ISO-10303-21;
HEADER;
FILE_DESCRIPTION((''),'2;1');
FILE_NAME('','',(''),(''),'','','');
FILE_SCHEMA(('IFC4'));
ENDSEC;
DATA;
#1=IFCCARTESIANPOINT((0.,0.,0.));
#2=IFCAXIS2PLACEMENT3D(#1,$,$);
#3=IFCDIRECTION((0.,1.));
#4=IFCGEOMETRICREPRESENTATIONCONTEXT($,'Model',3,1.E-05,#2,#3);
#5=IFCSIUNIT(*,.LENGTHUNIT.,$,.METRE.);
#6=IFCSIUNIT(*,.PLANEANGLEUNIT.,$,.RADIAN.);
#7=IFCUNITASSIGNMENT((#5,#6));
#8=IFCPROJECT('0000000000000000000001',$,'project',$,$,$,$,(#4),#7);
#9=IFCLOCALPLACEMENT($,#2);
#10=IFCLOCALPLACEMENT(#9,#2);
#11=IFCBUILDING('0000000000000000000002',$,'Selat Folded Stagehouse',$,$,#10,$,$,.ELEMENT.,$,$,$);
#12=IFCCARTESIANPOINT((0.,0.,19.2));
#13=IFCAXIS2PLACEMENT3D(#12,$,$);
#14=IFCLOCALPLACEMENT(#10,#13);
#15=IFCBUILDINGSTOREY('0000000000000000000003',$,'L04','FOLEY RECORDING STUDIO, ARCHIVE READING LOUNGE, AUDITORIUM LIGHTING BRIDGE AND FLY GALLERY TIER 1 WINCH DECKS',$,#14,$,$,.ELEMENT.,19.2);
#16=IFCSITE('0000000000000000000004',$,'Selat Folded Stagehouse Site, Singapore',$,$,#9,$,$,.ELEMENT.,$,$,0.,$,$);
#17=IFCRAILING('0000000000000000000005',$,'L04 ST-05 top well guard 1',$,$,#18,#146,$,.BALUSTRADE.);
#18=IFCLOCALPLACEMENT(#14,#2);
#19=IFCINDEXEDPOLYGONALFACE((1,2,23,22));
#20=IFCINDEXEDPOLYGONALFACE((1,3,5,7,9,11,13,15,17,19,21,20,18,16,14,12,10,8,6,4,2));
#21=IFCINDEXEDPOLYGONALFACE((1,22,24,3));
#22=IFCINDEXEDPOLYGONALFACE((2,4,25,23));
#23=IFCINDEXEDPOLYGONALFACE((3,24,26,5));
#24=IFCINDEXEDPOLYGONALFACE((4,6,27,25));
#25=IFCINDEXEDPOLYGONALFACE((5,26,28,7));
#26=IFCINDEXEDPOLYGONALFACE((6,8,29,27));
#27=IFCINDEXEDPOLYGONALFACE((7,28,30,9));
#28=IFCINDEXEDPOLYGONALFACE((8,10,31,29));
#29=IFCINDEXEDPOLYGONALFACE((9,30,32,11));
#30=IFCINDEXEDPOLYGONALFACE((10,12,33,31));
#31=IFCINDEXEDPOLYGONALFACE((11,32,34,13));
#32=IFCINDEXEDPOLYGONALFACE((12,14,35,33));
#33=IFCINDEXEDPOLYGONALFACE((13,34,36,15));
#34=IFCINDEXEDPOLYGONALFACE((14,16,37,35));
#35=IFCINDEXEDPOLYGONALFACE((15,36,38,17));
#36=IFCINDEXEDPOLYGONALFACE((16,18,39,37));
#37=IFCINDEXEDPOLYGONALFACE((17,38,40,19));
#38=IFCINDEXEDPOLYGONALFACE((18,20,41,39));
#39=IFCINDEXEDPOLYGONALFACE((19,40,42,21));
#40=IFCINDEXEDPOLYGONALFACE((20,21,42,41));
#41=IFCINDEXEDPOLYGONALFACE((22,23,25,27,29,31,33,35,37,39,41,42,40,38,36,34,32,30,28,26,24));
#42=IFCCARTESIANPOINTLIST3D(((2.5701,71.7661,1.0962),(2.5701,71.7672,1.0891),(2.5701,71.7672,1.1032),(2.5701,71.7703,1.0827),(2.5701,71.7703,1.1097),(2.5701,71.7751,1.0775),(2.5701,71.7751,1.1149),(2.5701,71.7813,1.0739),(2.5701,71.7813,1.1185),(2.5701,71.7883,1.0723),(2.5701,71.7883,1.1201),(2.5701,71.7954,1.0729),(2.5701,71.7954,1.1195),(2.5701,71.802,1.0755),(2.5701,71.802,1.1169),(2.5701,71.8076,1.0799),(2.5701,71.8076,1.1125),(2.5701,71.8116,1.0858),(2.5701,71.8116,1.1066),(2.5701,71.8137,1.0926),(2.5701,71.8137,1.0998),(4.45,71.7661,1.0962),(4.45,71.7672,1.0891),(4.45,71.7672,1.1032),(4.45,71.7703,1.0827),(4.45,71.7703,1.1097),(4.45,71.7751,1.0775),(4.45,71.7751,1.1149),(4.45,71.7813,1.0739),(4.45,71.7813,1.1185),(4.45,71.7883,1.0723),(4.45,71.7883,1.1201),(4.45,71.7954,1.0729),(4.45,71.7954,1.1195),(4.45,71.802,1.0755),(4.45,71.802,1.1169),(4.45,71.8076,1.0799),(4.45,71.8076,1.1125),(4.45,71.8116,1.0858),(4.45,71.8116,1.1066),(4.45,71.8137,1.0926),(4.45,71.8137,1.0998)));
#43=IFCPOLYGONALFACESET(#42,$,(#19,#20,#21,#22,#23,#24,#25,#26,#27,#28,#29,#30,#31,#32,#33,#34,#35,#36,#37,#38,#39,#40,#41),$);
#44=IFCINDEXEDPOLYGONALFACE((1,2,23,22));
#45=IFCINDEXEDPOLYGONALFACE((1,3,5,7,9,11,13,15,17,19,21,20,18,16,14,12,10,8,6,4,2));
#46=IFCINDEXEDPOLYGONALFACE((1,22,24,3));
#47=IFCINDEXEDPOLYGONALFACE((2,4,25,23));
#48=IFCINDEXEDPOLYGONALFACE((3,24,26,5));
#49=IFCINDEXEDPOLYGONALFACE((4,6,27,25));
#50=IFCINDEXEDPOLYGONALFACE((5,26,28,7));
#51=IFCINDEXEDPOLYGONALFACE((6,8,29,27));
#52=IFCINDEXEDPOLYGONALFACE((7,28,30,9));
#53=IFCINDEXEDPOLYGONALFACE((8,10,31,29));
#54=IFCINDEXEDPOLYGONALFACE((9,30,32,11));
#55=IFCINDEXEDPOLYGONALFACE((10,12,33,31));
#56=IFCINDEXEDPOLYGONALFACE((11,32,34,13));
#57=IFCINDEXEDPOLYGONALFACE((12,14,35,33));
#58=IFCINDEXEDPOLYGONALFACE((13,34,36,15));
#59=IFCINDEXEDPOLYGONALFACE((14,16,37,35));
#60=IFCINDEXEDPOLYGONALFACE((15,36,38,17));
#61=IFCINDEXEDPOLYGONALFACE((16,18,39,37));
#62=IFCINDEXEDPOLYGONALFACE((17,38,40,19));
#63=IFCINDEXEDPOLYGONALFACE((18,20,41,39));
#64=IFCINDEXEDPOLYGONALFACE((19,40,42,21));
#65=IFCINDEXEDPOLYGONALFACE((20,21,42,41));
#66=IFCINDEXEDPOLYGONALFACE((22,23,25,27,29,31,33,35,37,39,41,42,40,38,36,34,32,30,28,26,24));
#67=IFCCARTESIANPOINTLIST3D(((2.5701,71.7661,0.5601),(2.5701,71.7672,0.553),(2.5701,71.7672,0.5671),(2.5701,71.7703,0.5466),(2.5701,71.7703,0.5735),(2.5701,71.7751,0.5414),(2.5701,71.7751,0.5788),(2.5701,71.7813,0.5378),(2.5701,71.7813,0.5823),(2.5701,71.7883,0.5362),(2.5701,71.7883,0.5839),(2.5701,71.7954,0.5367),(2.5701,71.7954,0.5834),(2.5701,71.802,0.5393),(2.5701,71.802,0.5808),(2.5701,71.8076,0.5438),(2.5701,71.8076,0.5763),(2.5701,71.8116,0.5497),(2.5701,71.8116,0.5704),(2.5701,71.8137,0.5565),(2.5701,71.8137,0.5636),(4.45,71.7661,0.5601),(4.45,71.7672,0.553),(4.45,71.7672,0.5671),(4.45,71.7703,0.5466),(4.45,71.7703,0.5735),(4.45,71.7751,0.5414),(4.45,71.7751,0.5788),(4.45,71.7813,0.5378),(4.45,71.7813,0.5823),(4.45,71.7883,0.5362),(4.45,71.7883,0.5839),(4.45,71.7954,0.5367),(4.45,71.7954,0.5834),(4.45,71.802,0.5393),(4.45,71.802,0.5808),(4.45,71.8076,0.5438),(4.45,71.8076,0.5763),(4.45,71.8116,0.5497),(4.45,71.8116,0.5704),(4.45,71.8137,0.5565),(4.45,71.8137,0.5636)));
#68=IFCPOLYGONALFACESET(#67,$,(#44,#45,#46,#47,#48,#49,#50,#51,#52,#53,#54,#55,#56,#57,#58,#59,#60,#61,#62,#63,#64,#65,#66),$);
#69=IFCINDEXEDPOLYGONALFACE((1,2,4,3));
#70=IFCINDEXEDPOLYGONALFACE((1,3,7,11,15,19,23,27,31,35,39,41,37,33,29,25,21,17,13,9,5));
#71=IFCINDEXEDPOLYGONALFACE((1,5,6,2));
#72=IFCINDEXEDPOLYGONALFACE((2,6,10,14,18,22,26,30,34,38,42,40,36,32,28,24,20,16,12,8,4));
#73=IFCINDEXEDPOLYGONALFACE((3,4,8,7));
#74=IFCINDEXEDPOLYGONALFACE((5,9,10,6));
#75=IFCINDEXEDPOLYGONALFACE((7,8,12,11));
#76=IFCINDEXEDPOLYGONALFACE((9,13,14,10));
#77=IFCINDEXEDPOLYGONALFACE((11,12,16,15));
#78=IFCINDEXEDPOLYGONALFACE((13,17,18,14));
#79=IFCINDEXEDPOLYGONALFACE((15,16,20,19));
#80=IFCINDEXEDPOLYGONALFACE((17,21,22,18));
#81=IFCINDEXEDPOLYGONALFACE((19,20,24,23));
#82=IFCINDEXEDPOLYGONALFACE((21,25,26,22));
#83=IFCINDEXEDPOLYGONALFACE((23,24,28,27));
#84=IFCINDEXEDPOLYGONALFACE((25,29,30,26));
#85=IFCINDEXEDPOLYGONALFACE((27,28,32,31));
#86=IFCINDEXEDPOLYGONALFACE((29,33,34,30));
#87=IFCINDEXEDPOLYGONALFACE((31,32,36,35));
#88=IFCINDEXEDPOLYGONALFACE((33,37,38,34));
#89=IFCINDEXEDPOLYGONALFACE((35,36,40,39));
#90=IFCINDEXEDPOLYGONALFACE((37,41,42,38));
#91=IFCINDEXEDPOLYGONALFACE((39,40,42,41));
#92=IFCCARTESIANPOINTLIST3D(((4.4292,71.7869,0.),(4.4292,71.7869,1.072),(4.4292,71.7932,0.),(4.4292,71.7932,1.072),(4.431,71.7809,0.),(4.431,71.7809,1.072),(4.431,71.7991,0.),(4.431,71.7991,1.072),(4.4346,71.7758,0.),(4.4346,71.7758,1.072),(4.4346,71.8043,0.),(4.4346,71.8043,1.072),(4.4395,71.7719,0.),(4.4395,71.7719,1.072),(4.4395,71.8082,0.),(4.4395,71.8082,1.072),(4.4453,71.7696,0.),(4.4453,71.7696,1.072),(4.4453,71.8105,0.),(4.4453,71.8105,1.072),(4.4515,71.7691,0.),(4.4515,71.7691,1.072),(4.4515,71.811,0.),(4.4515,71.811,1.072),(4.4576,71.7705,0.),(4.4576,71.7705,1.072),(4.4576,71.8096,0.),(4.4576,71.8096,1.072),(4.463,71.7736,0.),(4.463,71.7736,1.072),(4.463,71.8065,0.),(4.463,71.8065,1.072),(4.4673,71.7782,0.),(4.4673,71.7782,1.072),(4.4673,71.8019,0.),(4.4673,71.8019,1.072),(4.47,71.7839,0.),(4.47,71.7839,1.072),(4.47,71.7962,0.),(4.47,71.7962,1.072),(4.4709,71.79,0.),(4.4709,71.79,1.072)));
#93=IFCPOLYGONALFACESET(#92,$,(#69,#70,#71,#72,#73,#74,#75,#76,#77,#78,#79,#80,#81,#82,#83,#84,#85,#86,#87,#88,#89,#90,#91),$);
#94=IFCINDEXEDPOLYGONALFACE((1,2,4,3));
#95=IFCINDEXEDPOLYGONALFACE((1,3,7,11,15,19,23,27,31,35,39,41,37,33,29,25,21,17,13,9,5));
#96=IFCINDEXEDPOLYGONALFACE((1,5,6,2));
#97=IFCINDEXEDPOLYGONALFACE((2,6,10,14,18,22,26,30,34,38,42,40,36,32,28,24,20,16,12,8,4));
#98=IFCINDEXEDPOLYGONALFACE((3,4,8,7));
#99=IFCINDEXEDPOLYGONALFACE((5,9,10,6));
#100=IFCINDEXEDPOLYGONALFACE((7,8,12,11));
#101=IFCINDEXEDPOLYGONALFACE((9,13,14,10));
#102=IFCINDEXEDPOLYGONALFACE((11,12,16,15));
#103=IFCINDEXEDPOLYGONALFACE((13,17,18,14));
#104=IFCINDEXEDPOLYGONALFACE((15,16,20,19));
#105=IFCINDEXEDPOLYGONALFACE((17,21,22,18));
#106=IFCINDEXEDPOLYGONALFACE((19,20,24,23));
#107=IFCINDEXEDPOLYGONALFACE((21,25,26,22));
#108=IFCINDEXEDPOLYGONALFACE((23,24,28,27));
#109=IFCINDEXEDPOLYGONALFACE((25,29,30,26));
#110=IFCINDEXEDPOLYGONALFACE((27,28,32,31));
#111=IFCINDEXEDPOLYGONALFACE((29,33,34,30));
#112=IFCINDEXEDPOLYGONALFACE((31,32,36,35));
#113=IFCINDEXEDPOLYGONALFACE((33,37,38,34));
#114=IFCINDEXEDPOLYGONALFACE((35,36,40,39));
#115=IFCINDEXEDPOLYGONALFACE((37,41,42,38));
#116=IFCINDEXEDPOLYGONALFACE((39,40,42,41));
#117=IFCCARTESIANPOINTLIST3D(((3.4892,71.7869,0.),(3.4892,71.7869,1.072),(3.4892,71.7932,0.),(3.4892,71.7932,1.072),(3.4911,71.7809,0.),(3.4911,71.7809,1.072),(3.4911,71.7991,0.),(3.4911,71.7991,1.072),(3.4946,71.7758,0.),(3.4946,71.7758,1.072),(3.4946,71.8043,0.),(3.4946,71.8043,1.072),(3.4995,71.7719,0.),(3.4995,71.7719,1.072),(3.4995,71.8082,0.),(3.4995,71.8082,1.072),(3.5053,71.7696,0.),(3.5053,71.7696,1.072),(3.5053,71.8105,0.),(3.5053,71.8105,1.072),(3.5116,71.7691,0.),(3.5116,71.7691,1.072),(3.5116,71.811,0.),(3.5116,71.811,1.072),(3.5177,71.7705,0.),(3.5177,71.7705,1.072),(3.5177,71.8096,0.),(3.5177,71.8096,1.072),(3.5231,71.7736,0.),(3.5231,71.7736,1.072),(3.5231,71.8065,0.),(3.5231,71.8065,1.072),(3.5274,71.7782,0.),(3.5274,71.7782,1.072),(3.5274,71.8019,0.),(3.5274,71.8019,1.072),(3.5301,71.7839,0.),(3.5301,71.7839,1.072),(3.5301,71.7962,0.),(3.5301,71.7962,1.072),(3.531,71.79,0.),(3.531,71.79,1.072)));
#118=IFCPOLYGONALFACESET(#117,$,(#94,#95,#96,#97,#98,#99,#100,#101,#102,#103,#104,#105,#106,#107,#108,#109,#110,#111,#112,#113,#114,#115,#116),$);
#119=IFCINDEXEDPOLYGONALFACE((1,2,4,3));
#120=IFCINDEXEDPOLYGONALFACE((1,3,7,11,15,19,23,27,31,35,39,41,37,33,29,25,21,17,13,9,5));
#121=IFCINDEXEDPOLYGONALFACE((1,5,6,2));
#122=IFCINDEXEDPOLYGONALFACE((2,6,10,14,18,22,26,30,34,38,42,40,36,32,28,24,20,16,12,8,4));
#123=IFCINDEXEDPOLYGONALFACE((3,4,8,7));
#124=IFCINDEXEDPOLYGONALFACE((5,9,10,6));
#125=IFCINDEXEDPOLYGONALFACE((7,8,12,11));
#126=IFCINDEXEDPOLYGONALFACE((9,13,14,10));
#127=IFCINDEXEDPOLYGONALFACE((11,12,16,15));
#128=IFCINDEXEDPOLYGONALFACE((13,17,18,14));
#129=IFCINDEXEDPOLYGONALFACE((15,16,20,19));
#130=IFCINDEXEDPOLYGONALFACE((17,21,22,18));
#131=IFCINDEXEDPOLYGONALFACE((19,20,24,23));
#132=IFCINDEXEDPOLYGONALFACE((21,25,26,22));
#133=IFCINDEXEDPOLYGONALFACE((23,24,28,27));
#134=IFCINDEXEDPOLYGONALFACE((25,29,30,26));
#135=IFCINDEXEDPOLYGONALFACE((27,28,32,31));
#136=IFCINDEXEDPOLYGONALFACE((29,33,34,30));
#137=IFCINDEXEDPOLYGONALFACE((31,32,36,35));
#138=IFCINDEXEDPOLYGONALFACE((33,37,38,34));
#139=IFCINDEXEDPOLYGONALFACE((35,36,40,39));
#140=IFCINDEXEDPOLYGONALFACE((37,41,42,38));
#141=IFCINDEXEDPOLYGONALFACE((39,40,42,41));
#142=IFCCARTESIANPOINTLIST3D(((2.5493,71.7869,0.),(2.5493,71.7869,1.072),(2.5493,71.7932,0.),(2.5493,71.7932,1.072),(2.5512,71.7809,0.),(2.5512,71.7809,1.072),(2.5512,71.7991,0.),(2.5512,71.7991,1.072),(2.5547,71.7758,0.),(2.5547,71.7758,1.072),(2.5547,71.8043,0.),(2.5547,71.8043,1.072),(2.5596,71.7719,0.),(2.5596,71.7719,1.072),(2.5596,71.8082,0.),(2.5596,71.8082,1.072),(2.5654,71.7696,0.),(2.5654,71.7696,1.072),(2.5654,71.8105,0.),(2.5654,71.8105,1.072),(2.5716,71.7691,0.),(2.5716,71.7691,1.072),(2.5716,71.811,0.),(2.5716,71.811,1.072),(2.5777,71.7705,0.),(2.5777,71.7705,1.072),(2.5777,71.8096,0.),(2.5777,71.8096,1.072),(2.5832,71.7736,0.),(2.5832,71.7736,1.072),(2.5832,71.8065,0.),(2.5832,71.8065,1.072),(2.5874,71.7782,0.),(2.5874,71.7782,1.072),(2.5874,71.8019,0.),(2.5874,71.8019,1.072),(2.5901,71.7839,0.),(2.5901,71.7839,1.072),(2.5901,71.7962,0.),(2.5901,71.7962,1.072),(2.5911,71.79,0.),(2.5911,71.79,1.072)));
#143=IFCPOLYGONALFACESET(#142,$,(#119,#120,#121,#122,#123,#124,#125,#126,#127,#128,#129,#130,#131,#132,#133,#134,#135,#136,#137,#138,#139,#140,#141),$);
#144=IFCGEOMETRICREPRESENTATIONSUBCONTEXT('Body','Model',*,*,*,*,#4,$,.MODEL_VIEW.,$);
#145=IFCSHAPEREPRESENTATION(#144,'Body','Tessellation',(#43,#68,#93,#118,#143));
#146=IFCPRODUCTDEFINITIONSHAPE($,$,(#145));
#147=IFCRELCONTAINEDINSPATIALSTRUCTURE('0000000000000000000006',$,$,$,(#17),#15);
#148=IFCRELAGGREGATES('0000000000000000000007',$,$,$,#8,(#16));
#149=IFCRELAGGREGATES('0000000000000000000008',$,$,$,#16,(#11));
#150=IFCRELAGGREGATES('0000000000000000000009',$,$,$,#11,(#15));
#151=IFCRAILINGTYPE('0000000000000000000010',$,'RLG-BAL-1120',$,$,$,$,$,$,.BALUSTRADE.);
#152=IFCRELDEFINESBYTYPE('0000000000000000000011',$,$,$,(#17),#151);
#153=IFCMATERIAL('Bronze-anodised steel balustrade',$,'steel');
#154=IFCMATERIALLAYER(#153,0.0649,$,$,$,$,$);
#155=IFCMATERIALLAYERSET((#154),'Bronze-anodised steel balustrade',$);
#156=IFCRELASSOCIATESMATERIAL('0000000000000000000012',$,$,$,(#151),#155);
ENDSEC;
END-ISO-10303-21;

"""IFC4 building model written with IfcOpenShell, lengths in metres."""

from ifc_helpers import new_model, si_unit, direction, frame, origin, origin_2d, place, context, subcontext, project, spatial, circle, extrude, material, layer, layer_set, type_object, element, save


model = new_model("IFC4")

# Units and contexts
model_context = context("Model", 3, precision=1e-05, world=origin(), true_north=direction((0.0, 1.0)))
body_context = subcontext(model_context, "Body", "Model", "MODEL_VIEW")
ifc_project = project(units=[si_unit("LENGTHUNIT", "METRE"), si_unit("PLANEANGLEUNIT", "RADIAN")], contexts=[model_context])

# Site, building, storey
site_placement = place(None, origin())
site = spatial("IfcSite", under=ifc_project, at=site_placement, Name="Selat Folded Stagehouse Site, Singapore", CompositionType="ELEMENT", RefElevation=0.0)
building_placement = place(site_placement, origin())
building = spatial("IfcBuilding", under=site, at=building_placement, Name="Selat Folded Stagehouse", CompositionType="ELEMENT")
storey_placement = place(building_placement, frame((0.0, 0.0, 19.2)))
storey = spatial("IfcBuildingStorey", under=building, at=storey_placement, Name="L04", Description="FOLEY RECORDING STUDIO, ARCHIVE READING LOUNGE, AUDITORIUM LIGHTING BRIDGE AND FLY GALLERY TIER 1 WINCH DECKS", CompositionType="ELEMENT", Elevation=19.2)

# Railing
ifc_material_1 = material(Name="Bronze-anodised steel balustrade", Category="steel")
ifc_layer_1 = layer(ifc_material_1, 0.0649)
ifc_layer_set_1 = layer_set([ifc_layer_1], Name="Bronze-anodised steel balustrade")
railing_type_1 = type_object("IfcRailingType", Name="RLG-BAL-1120", PredefinedType="BALUSTRADE", material=ifc_layer_set_1)
railing_1_placement = place(storey_placement, frame((4.45, 71.79, 0.0)))
element("IfcRailing", 1, at=railing_1_placement, inside=storey, type_object=railing_type_1, Name="L04 ST-05 top well guard 1", PredefinedType="BALUSTRADE", context=body_context, shape_type="SweptSolid", body=[
    extrude(circle(Radius=0.0239, at=origin_2d()), frame((0.0, 0.0, 1.0962), z_axis=(-1.0, 0.0, 0.0), x_axis=(0.0, -1.0, 0.0)), (0.0, 0.0, 1.0), 1.8799),
    extrude(circle(Radius=0.0239, at=origin_2d()), frame((0.0, 0.0, 0.5601), z_axis=(-1.0, 0.0, 0.0), x_axis=(0.0, -1.0, 0.0)), (0.0, 0.0, 1.0), 1.8799),
    extrude(circle(Radius=0.021, at=origin_2d()), origin(), (0.0, 0.0, 1.0), 1.072),
    extrude(circle(Radius=0.021, at=origin_2d()), frame((-0.9399, 0.0, 0.0)), (0.0, 0.0, 1.0), 1.072),
    extrude(circle(Radius=0.021, at=origin_2d()), frame((-1.8799, 0.0, 0.0)), (0.0, 0.0, 1.0), 1.072),
])

save(model, "model.ifc")
